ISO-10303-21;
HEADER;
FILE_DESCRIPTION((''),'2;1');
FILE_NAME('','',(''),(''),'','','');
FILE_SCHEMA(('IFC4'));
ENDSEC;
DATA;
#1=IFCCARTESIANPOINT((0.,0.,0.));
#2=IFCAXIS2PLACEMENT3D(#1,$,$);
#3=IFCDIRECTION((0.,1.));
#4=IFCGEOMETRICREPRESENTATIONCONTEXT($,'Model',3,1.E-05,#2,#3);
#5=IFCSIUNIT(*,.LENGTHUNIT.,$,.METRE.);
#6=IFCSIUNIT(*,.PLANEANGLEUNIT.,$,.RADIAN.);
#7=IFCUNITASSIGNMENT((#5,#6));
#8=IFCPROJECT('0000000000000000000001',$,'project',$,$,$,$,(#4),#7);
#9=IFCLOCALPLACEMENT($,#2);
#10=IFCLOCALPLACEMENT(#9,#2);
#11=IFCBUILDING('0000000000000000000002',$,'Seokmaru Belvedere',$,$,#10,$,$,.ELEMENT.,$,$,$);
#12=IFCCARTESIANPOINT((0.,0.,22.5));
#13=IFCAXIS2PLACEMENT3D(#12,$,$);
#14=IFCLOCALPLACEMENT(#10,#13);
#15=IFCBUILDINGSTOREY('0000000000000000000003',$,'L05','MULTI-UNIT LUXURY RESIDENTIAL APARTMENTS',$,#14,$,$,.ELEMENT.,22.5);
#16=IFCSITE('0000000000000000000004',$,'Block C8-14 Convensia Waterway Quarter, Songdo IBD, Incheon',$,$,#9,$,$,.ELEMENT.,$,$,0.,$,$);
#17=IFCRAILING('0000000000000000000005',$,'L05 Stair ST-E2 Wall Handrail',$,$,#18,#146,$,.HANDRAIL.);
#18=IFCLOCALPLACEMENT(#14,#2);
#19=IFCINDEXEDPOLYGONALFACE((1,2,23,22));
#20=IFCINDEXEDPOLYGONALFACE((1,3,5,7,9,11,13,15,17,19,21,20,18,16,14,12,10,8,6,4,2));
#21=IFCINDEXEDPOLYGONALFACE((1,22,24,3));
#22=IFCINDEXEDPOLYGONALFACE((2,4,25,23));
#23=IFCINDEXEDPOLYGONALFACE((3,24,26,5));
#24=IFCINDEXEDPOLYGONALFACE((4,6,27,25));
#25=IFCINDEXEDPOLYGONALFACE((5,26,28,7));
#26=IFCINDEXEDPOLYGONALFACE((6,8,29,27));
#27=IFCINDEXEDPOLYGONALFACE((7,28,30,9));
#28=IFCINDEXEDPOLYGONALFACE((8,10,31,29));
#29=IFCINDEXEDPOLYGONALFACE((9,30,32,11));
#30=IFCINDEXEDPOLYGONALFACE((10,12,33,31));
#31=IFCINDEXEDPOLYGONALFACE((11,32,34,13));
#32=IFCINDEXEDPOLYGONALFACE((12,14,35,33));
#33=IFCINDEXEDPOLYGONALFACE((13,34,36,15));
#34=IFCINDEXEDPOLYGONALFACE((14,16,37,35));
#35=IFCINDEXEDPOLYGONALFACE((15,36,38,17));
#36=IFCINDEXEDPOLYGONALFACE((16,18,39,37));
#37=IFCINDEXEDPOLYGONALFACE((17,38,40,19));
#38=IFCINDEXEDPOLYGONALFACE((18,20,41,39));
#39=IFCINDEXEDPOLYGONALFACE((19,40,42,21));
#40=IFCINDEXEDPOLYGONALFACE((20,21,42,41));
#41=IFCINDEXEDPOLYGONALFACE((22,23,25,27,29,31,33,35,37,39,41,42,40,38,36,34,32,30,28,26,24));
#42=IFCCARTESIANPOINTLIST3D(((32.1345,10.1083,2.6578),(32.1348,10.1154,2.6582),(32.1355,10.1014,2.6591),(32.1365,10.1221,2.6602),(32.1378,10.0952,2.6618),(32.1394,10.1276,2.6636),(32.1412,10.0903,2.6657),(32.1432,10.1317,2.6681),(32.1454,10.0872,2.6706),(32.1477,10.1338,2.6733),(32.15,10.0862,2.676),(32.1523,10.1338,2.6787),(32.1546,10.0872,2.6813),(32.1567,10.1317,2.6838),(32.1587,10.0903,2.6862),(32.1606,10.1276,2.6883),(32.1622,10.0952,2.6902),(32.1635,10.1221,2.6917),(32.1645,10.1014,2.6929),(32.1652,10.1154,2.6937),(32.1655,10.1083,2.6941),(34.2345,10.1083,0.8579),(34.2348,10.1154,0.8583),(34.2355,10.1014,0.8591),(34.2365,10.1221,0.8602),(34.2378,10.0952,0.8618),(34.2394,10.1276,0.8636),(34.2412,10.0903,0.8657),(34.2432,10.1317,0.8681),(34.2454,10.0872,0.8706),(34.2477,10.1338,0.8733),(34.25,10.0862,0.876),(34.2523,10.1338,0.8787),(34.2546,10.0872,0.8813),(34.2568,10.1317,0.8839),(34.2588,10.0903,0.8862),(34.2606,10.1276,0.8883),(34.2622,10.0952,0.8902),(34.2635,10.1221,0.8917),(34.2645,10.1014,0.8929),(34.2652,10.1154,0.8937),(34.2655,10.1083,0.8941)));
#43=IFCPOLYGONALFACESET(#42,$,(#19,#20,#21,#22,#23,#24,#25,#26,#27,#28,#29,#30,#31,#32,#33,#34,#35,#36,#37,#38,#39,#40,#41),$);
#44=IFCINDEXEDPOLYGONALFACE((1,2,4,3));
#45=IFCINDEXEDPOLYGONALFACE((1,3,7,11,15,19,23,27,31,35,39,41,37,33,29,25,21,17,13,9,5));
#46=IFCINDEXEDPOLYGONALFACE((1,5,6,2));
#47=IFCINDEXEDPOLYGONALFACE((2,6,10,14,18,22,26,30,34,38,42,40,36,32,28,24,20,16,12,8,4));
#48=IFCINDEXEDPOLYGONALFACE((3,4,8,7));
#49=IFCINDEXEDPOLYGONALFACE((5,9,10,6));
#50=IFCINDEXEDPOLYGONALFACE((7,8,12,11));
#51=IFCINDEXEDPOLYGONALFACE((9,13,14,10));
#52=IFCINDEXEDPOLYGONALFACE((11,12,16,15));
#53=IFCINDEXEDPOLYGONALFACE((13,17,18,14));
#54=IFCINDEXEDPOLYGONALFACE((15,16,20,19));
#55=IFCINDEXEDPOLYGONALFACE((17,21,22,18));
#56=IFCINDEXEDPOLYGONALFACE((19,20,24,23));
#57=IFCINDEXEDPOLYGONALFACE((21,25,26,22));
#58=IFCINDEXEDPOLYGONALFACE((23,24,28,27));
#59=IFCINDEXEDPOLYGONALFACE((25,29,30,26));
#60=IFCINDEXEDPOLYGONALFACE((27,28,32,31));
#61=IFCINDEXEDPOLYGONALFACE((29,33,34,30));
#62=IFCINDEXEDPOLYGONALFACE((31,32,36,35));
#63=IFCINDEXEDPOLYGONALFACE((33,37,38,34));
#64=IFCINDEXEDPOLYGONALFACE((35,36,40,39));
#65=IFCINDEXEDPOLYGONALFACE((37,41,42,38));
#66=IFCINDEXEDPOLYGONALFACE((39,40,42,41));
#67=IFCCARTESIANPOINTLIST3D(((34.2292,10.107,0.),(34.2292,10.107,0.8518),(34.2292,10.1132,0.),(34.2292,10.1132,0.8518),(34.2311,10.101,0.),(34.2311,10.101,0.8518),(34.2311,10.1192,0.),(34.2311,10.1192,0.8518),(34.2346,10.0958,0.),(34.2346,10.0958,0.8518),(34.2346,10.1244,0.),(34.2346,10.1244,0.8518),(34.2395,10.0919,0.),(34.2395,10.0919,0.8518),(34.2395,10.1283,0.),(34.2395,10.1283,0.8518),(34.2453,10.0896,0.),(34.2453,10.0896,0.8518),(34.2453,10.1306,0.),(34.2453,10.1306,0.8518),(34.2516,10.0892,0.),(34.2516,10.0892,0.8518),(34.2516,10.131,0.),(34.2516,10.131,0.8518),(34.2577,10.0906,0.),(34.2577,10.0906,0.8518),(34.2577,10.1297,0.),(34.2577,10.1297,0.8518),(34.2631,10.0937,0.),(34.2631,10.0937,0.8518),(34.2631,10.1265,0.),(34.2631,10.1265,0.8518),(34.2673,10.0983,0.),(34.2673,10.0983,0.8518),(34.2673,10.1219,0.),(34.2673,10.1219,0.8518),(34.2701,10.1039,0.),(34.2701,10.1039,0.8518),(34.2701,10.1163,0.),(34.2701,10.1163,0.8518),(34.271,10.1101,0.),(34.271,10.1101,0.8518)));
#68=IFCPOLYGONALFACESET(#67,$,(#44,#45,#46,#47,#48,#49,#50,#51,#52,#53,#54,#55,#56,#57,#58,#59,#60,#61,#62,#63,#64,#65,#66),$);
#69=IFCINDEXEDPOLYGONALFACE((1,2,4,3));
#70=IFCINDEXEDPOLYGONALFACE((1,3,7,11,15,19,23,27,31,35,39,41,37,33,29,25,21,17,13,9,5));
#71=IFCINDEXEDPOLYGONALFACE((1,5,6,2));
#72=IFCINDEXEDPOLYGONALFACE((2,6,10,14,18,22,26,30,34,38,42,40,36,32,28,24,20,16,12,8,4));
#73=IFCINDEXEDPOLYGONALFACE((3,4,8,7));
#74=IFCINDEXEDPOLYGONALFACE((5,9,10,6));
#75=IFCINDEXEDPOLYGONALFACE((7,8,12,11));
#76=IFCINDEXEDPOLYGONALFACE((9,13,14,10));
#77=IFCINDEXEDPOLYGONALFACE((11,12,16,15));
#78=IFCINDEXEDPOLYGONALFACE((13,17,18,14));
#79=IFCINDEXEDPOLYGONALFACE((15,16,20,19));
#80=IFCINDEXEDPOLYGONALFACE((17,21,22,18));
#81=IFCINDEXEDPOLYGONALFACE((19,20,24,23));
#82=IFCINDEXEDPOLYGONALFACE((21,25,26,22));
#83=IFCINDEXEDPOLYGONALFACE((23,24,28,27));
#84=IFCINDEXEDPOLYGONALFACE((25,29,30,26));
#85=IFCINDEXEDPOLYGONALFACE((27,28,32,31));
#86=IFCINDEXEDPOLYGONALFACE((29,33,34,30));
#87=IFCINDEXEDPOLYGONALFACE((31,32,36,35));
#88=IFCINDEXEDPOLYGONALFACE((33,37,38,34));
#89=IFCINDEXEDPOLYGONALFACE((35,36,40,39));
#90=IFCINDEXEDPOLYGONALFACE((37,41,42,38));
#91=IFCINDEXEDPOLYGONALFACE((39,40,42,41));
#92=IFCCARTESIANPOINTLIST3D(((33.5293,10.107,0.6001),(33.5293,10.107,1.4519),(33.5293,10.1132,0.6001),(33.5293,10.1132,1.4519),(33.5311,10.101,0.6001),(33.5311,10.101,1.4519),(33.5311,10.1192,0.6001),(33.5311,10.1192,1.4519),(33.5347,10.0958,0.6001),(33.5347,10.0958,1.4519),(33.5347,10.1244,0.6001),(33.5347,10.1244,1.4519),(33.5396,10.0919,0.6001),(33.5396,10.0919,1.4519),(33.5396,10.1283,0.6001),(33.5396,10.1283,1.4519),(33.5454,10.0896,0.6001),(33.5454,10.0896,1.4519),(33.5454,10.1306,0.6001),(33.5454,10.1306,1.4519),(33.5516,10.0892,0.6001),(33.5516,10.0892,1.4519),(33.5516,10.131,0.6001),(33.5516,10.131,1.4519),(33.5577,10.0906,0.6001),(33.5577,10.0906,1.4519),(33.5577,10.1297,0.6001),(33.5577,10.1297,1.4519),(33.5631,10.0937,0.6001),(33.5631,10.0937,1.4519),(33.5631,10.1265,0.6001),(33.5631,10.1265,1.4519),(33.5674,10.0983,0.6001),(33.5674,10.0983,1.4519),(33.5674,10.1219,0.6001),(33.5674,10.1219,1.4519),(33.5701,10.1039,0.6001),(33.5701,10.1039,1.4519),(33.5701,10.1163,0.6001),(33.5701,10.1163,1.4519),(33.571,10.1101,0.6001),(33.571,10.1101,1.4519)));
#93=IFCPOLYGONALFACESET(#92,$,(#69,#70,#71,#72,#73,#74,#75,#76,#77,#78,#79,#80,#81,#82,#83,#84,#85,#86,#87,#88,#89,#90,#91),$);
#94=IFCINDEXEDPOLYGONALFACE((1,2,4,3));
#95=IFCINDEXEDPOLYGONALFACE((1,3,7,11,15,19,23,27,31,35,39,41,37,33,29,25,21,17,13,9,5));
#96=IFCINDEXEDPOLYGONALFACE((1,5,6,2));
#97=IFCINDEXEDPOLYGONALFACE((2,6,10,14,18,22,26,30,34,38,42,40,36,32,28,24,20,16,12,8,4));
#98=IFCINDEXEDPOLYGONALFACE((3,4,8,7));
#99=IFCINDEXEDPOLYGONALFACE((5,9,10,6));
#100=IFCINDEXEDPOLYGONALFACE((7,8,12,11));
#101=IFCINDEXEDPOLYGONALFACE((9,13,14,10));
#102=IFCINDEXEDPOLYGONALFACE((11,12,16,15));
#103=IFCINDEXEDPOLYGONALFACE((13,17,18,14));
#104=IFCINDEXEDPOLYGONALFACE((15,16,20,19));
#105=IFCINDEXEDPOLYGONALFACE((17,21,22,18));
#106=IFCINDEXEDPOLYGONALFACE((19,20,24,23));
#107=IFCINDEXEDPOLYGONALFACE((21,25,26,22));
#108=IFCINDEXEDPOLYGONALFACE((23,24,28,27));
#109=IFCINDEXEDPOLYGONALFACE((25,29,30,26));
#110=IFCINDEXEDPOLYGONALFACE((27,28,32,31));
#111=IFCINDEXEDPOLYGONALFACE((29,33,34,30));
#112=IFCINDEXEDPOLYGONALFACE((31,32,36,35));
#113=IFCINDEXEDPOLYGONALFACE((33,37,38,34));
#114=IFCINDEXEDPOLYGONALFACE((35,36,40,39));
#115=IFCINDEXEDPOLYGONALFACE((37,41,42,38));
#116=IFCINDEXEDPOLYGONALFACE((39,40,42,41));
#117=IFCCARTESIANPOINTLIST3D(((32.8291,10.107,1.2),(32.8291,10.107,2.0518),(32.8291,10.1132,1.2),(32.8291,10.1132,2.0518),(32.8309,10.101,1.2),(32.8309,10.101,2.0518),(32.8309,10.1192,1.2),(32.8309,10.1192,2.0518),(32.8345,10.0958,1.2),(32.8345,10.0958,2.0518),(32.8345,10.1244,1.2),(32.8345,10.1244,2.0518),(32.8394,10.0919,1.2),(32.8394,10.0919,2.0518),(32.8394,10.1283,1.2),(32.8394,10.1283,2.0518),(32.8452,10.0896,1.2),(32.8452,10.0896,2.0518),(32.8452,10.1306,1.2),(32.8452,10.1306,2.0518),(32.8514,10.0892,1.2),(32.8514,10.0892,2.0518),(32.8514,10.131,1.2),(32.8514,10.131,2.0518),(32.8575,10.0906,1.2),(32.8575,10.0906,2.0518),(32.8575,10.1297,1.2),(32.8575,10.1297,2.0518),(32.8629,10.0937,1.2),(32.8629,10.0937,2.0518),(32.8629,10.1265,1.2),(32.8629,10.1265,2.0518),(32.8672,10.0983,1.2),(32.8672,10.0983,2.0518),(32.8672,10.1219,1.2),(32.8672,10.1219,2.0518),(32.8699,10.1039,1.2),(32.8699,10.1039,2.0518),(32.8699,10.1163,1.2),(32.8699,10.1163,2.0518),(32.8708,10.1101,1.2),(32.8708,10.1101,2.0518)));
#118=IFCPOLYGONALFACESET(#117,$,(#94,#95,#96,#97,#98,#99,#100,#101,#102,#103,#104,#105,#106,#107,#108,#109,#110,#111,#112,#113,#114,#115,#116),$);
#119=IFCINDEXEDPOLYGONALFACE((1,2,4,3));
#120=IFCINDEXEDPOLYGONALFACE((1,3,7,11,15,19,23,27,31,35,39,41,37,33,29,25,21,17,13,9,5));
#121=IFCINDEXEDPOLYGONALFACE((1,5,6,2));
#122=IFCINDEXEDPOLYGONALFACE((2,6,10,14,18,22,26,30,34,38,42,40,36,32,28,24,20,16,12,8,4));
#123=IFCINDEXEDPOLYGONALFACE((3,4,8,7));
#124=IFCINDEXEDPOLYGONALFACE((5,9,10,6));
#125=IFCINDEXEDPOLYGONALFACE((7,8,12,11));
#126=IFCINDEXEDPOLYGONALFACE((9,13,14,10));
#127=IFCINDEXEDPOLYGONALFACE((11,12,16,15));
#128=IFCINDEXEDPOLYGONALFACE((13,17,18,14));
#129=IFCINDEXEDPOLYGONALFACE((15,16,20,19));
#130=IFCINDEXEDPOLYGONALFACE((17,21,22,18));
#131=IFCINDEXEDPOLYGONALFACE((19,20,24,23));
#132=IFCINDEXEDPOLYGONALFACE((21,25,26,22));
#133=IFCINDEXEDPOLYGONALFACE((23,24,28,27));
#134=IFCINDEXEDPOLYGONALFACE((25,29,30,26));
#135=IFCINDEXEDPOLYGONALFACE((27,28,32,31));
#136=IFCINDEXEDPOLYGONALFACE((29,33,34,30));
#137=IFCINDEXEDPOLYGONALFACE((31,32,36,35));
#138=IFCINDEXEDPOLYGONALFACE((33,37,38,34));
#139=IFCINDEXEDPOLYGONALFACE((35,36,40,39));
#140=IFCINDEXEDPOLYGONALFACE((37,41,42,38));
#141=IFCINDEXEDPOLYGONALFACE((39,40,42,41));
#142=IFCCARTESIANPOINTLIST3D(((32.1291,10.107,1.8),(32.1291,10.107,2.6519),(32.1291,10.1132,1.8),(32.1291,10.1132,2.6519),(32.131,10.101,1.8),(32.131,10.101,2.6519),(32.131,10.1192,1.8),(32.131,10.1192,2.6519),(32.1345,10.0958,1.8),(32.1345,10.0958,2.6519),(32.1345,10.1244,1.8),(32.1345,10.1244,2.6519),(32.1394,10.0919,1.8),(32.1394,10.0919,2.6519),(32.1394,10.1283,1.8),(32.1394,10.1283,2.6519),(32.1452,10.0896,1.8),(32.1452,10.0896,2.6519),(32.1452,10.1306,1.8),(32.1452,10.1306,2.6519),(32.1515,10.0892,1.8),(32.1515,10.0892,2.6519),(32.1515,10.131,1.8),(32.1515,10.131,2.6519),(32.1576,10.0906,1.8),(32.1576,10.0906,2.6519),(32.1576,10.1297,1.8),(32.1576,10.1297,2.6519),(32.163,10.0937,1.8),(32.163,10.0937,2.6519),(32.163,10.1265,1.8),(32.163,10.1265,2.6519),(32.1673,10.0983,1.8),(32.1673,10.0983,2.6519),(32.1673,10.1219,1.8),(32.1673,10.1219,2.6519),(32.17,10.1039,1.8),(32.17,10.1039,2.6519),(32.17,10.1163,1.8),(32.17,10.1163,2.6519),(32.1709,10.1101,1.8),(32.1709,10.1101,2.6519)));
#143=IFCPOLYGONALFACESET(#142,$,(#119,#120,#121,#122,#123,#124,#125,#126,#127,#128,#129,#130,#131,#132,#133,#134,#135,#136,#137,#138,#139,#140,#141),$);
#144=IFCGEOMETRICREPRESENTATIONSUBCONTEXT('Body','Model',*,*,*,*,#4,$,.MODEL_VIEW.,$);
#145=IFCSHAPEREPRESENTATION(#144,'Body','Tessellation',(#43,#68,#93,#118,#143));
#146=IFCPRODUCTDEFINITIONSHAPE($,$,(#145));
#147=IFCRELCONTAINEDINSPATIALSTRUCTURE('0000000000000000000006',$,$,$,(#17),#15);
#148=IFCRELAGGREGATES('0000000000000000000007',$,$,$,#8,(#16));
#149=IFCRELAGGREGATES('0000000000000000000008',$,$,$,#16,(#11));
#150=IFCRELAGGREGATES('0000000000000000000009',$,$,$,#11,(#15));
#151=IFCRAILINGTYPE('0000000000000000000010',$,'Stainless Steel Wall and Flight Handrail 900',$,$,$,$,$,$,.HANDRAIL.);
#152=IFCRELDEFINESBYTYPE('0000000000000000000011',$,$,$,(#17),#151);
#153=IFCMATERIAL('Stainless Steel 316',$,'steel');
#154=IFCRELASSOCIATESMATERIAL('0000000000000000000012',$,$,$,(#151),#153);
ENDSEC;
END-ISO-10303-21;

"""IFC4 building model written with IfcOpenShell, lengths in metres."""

from ifc_helpers import new_model, si_unit, direction, frame, origin, origin_2d, place, context, subcontext, project, spatial, circle, extrude, material, type_object, element, save


model = new_model("IFC4")

# Units and contexts
model_context = context("Model", 3, precision=1e-05, world=origin(), true_north=direction((0.0, 1.0)))
body_context = subcontext(model_context, "Body", "Model", "MODEL_VIEW")
ifc_project = project(units=[si_unit("LENGTHUNIT", "METRE"), si_unit("PLANEANGLEUNIT", "RADIAN")], contexts=[model_context])

# Site, building, storey
site_placement = place(None, origin())
site = spatial("IfcSite", under=ifc_project, at=site_placement, Name="Block C8-14 Convensia Waterway Quarter, Songdo IBD, Incheon", CompositionType="ELEMENT", RefElevation=0.0)
building_placement = place(site_placement, origin())
building = spatial("IfcBuilding", under=site, at=building_placement, Name="Seokmaru Belvedere", CompositionType="ELEMENT")
storey_placement = place(building_placement, frame((0.0, 0.0, 22.5)))
storey = spatial("IfcBuildingStorey", under=building, at=storey_placement, Name="L05", Description="MULTI-UNIT LUXURY RESIDENTIAL APARTMENTS", CompositionType="ELEMENT", Elevation=22.5)

# Railing
ifc_material_1 = material(Name="Stainless Steel 316", Category="steel")
railing_type_1 = type_object("IfcRailingType", Name="Stainless Steel Wall and Flight Handrail 900", PredefinedType="HANDRAIL", material=ifc_material_1)
railing_1_placement = place(storey_placement, frame((34.25, 10.1101, 0.0)))
element("IfcRailing", 1, at=railing_1_placement, inside=storey, type_object=railing_type_1, Name="L05 Stair ST-E2 Wall Handrail", PredefinedType="HANDRAIL", context=body_context, shape_type="SweptSolid", body=[
    extrude(circle(Radius=0.0239, at=origin_2d()), frame((0.0, 0.0, 0.876), z_axis=(-0.759263, 0.0, 0.650784), x_axis=(0.0, -1.0, 0.0)), (0.0, 0.0, 1.0), 2.7659),
    extrude(circle(Radius=0.021, at=origin_2d()), origin(), (0.0, 0.0, 1.0), 0.8518),
    extrude(circle(Radius=0.021, at=origin_2d()), frame((-0.7, 0.0, 0.6001)), (0.0, 0.0, 1.0), 0.8518),
    extrude(circle(Radius=0.021, at=origin_2d()), frame((-1.4001, 0.0, 1.2)), (0.0, 0.0, 1.0), 0.8518),
    extrude(circle(Radius=0.021, at=origin_2d()), frame((-2.1001, 0.0, 1.8)), (0.0, 0.0, 1.0), 0.8518),
])

save(model, "model.ifc")
